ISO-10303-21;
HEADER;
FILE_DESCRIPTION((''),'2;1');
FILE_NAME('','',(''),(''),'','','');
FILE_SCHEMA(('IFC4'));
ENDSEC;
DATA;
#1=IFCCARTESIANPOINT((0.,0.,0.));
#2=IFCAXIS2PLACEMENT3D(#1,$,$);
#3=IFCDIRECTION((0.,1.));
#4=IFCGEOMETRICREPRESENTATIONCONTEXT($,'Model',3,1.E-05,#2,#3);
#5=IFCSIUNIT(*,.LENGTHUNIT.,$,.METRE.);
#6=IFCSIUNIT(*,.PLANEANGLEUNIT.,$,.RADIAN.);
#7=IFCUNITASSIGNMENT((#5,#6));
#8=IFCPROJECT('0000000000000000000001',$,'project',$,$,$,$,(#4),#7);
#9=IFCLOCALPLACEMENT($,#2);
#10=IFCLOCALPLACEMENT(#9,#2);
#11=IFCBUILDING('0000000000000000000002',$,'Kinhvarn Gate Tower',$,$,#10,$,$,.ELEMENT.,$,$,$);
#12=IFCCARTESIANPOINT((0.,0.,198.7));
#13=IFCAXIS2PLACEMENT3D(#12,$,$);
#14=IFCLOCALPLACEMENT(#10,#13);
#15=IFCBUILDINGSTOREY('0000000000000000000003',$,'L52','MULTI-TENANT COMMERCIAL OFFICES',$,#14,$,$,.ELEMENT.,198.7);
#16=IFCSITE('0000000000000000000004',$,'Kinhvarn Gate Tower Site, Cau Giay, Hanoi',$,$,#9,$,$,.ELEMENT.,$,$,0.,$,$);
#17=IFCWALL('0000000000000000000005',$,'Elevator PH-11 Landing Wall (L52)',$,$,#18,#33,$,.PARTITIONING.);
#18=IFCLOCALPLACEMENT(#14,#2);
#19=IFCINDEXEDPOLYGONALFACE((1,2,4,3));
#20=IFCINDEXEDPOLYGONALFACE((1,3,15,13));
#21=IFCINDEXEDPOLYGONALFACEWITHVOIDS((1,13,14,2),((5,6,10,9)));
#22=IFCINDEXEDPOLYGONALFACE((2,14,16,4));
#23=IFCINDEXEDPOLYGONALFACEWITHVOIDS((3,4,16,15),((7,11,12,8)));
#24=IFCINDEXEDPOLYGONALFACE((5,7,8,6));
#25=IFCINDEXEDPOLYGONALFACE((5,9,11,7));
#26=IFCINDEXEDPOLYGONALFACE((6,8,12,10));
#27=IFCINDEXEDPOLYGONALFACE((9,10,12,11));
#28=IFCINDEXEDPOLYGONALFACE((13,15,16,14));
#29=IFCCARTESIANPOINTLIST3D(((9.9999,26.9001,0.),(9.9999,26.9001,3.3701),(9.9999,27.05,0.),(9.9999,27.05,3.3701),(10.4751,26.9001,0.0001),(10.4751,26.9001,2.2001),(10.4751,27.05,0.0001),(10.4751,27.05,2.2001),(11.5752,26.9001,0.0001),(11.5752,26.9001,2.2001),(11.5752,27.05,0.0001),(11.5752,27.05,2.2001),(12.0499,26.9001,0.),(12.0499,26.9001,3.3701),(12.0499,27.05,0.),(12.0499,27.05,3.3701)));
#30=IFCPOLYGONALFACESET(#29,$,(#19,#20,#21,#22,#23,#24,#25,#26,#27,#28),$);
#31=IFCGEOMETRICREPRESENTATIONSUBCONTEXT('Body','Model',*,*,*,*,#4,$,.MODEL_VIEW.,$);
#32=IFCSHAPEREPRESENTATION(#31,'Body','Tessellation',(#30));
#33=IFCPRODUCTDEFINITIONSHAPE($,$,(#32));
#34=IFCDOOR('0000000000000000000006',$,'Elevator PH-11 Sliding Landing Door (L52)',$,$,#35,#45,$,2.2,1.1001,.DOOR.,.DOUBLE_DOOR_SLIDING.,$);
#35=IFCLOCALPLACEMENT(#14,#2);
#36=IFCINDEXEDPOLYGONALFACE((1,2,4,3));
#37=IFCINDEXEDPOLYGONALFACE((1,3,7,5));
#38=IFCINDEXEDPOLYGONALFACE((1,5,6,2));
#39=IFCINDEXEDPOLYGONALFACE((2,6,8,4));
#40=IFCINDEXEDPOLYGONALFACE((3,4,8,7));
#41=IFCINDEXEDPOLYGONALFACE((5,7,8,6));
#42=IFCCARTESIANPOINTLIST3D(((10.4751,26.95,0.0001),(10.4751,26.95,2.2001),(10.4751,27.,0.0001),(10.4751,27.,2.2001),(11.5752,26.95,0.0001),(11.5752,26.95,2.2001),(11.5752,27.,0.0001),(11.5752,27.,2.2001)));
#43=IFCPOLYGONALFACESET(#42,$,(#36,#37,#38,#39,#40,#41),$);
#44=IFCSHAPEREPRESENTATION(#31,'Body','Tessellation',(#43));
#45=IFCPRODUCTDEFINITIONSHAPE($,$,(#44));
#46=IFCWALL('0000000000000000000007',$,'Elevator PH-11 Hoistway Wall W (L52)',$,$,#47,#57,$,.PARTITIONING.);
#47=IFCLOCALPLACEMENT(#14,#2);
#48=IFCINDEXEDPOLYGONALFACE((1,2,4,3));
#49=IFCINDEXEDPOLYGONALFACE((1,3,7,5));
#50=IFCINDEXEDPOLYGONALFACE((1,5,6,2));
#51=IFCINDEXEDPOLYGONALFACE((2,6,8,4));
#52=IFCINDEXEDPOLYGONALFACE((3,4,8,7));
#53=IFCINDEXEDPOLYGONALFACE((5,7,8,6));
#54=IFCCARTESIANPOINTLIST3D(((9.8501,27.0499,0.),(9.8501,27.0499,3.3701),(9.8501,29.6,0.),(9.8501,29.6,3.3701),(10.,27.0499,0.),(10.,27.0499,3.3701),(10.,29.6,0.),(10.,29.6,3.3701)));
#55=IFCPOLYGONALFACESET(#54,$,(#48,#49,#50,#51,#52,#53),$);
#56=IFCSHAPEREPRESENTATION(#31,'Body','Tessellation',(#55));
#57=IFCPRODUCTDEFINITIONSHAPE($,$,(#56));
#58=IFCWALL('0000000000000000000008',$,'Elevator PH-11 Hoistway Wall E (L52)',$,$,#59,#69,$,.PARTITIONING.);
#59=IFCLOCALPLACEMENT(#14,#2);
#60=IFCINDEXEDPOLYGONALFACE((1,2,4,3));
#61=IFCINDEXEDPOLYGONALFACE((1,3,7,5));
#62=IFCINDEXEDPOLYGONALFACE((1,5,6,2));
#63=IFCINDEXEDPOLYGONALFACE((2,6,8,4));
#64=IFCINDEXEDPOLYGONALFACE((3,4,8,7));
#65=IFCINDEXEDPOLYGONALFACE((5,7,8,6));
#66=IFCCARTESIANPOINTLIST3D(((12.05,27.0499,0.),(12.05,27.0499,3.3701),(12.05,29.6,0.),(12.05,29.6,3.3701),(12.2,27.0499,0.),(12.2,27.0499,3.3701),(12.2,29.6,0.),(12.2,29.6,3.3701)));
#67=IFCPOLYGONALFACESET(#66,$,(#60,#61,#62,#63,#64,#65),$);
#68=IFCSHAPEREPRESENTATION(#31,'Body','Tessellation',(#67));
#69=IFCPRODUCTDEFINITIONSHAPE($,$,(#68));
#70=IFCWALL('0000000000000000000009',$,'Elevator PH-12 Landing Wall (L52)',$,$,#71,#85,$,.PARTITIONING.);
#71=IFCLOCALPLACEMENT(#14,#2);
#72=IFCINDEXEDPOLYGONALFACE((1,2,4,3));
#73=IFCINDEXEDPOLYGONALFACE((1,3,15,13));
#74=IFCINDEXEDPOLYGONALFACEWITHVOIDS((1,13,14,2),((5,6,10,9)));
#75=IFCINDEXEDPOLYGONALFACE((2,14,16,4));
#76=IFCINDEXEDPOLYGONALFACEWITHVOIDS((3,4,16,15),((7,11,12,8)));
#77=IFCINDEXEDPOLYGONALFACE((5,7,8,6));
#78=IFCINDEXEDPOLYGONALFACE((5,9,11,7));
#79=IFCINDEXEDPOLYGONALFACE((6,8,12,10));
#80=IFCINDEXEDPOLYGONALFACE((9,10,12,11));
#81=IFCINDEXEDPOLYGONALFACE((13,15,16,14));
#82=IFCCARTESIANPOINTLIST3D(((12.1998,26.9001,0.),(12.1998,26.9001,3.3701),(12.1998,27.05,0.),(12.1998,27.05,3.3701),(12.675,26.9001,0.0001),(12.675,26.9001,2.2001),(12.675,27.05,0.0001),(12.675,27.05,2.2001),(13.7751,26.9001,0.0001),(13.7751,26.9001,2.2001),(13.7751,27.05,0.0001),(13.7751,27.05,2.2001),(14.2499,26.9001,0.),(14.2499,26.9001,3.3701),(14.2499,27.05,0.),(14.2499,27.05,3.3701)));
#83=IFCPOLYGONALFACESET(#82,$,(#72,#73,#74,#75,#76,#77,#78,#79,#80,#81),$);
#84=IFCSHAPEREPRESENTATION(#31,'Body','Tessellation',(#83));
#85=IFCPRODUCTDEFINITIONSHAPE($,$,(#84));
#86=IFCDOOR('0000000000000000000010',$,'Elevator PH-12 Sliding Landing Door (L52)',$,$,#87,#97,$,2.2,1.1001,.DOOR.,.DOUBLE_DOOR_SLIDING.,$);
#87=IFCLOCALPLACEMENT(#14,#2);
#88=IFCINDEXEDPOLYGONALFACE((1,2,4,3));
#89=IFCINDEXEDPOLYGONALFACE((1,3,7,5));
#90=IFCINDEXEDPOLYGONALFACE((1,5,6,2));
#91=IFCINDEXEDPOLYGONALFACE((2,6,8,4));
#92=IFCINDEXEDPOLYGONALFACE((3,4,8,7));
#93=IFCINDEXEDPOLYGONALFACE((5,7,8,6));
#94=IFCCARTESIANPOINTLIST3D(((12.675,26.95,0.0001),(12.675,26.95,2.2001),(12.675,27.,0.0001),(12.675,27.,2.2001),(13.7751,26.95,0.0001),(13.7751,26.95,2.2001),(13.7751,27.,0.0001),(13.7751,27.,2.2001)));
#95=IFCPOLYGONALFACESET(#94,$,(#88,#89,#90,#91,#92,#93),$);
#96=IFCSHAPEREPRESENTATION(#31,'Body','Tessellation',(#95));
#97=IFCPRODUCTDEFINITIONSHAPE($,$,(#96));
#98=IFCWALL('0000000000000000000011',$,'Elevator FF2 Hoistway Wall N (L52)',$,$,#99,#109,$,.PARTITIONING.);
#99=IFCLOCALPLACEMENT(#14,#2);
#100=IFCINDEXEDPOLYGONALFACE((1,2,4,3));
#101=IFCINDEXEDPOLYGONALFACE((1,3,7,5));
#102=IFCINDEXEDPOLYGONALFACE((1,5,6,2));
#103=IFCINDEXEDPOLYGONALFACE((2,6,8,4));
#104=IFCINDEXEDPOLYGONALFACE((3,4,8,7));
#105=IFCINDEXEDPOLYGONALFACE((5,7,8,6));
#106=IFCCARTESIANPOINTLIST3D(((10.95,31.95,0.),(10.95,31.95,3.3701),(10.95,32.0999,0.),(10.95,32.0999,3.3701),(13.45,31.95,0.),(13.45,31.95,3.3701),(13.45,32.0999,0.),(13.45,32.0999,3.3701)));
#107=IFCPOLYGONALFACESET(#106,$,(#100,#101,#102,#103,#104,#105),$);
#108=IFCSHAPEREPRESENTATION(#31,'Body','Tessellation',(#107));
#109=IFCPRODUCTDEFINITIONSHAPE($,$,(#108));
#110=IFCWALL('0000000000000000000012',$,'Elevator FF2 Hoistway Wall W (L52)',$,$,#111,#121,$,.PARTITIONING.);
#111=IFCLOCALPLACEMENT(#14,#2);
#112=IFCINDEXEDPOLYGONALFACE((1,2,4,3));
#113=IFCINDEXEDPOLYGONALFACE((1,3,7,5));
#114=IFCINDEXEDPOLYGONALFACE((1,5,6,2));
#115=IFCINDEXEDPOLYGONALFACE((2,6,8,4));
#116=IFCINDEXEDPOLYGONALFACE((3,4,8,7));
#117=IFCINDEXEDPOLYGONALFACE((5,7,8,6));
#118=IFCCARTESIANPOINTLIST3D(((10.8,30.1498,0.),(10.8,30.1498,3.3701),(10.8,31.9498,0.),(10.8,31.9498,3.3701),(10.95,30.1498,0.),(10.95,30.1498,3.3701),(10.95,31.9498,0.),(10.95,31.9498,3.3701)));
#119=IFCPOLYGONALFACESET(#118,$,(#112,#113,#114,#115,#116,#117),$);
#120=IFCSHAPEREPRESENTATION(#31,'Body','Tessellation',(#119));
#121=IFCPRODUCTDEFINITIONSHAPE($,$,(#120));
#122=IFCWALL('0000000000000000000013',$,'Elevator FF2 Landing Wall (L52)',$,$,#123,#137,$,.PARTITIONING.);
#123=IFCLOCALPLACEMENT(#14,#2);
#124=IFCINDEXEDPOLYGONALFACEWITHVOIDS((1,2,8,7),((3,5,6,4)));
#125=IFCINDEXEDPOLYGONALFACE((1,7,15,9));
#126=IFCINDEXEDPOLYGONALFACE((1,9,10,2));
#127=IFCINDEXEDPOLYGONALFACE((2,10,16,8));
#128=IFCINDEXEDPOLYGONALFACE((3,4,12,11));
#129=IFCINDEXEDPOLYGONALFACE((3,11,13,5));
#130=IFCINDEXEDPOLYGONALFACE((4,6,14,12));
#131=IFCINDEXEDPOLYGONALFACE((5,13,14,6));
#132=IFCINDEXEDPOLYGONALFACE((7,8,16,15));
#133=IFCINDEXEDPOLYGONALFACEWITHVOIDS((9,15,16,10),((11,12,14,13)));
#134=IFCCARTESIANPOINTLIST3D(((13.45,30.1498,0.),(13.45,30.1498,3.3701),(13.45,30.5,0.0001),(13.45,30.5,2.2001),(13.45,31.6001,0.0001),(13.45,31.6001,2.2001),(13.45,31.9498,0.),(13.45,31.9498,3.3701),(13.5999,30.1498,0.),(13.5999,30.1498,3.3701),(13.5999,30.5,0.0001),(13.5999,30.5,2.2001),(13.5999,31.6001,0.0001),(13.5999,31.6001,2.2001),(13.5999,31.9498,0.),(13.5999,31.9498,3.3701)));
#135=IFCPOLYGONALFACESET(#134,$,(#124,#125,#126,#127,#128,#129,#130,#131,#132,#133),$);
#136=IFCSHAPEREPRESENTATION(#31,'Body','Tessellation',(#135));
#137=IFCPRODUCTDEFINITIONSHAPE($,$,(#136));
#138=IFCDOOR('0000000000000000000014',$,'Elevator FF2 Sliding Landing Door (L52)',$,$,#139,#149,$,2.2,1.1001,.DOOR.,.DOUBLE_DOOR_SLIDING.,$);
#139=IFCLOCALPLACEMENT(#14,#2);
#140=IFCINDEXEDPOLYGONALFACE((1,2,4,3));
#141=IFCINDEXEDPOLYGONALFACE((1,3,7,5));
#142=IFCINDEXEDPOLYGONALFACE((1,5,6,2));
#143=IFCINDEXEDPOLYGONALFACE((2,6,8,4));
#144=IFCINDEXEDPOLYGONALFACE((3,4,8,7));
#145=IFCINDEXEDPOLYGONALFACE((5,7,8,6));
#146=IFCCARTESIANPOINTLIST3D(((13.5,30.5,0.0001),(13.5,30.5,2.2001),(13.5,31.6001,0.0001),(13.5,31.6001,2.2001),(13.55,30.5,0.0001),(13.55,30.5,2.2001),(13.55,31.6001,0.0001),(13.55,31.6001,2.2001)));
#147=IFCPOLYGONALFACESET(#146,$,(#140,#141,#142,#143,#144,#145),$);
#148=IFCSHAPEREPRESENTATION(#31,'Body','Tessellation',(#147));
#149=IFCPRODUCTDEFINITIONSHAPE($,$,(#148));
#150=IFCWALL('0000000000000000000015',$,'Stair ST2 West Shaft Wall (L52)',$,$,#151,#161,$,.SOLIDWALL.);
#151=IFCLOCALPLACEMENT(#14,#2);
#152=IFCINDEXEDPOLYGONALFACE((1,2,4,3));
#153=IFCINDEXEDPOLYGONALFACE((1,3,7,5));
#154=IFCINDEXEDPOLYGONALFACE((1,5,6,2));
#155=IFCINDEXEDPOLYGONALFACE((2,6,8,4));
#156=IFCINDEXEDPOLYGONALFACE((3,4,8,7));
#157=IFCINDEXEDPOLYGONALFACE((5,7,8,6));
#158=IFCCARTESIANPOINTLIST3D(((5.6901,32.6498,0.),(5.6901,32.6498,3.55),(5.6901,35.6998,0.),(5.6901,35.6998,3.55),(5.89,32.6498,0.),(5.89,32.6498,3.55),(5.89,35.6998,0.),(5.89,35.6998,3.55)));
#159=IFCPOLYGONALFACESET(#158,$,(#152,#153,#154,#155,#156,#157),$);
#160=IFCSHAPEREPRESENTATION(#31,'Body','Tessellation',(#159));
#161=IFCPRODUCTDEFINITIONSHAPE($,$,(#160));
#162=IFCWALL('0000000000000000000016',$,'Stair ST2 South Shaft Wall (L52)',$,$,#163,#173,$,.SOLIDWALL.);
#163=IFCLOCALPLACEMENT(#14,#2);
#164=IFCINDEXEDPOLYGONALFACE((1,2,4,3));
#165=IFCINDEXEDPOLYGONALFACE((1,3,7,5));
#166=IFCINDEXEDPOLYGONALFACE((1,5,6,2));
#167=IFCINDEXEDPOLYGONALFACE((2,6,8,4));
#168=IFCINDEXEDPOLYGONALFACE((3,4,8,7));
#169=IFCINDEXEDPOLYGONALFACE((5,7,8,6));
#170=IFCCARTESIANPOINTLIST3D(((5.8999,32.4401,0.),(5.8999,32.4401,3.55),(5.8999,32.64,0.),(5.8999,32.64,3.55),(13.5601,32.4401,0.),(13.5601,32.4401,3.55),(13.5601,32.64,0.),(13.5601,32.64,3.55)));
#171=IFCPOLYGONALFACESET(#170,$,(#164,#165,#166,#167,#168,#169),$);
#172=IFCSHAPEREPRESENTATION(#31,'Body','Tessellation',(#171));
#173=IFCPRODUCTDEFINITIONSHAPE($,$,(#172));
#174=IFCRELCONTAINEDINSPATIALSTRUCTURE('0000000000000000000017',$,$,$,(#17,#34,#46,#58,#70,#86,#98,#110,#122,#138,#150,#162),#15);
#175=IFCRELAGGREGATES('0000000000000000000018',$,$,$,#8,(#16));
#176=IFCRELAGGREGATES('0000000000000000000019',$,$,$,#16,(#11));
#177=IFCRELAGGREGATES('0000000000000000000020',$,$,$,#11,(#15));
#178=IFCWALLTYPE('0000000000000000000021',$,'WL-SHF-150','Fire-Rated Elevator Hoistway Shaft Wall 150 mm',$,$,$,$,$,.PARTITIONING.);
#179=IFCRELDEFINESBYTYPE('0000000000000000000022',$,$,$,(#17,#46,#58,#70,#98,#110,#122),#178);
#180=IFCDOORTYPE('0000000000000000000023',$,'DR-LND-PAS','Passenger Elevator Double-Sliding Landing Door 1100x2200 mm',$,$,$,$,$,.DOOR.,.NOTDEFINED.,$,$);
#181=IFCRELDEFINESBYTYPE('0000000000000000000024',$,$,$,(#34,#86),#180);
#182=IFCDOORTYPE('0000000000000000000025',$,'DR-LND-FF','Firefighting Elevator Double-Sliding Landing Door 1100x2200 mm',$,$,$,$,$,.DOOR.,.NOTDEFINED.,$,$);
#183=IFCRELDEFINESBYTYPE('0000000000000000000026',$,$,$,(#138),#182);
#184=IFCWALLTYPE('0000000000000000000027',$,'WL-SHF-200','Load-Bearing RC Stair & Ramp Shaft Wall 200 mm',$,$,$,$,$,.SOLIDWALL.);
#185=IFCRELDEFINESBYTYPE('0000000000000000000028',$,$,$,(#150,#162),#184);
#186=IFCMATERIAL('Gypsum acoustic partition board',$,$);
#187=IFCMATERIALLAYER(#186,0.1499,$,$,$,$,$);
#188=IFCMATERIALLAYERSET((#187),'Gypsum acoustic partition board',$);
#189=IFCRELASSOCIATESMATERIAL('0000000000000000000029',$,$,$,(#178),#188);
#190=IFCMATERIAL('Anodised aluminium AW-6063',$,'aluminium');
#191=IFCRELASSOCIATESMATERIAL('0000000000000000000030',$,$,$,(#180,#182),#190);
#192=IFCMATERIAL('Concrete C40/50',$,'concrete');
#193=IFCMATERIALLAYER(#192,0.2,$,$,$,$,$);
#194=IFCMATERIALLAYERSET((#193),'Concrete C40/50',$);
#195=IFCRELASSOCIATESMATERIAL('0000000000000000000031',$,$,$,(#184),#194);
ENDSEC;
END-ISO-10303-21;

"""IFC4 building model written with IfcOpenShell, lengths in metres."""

from ifc_helpers import new_model, si_unit, direction, frame, frame_2d, origin, place, context, subcontext, project, spatial, rectangle, extrude, material, layer, layer_set, type_object, element, fill, save


model = new_model("IFC4")

# Units and contexts
model_context = context("Model", 3, precision=1e-05, world=origin(), true_north=direction((0.0, 1.0)))
body_context = subcontext(model_context, "Body", "Model", "MODEL_VIEW")
ifc_project = project(units=[si_unit("LENGTHUNIT", "METRE"), si_unit("PLANEANGLEUNIT", "RADIAN")], contexts=[model_context])

# Site, building, storey
site_placement = place(None, origin())
site = spatial("IfcSite", under=ifc_project, at=site_placement, Name="Kinhvarn Gate Tower Site, Cau Giay, Hanoi", CompositionType="ELEMENT", RefElevation=0.0)
building_placement = place(site_placement, origin())
building = spatial("IfcBuilding", under=site, at=building_placement, Name="Kinhvarn Gate Tower", CompositionType="ELEMENT")
storey_placement = place(building_placement, frame((0.0, 0.0, 198.7)))
storey = spatial("IfcBuildingStorey", under=building, at=storey_placement, Name="L52", Description="MULTI-TENANT COMMERCIAL OFFICES", CompositionType="ELEMENT", Elevation=198.7)

# Shared definitions
ifc_material_1 = material(Name="Gypsum acoustic partition board")

# Shared definitions
ifc_material_2 = material(Name="Anodised aluminium AW-6063", Category="aluminium")

# Wall, opening, door
ifc_layer_1 = layer(ifc_material_1, 0.1499)
ifc_layer_set_1 = layer_set([ifc_layer_1], Name="Gypsum acoustic partition board")
wall_type_1 = type_object("IfcWallType", Name="WL-SHF-150", Description="Fire-Rated Elevator Hoistway Shaft Wall 150 mm", PredefinedType="PARTITIONING", material=ifc_layer_set_1)
door_type_1 = type_object("IfcDoorType", Name="DR-LND-PAS", Description="Passenger Elevator Double-Sliding Landing Door 1100x2200 mm", OperationType="NOTDEFINED", PredefinedType="DOOR", material=ifc_material_2)
wall_1_placement = place(storey_placement, frame((10.0, 26.9751, 0.0), z_axis=(0.0, 0.0, 1.0), x_axis=(1.0, 0.0, 0.0)))
wall_1 = element("IfcWall", 1, at=wall_1_placement, inside=storey, type_object=wall_type_1, Name="Elevator PH-11 Landing Wall (L52)", PredefinedType="PARTITIONING", context=body_context, shape_type="SweptSolid", body=[
    extrude(rectangle(XDim=2.05, YDim=0.1499, at=frame_2d((1.0249, 0.0))), origin(), (0.0, 0.0, 1.0), 3.3701),
])
opening_1_placement = place(wall_1_placement, frame((0.4751, 0.0, 0.0)))
opening_1 = element("IfcOpeningElement", 2, at=opening_1_placement, cuts=wall_1, PredefinedType="OPENING", context=body_context, shape_type="SweptSolid", body=[
    extrude(rectangle(XDim=1.1001, YDim=2.2, at=frame_2d((0.55, 1.1001))), frame((0.0, 0.085, 0.0), z_axis=(0.0, -1.0, 0.0), x_axis=(1.0, 0.0, 0.0)), (0.0, 0.0, 1.0), 0.1699),
])
door_1_placement = place(opening_1_placement, origin())
door_1 = element("IfcDoor", 3, at=door_1_placement, inside=storey, type_object=door_type_1, Name="Elevator PH-11 Sliding Landing Door (L52)", OperationType="DOUBLE_DOOR_SLIDING", OverallHeight=2.2, OverallWidth=1.1001, PredefinedType="DOOR", context=body_context, shape_type="SweptSolid", body=[
    extrude(rectangle(XDim=1.1001, YDim=2.2, at=frame_2d((0.55, 1.1001))), frame((0.0, 0.0249, 0.0), z_axis=(0.0, -1.0, 0.0), x_axis=(1.0, 0.0, 0.0)), (0.0, 0.0, 1.0), 0.05),
])
fill(opening_1, door_1)

# Walls
for number, where, z_axis, x_axis, name in (
    (4, (9.925, 27.05, 0.0), (0.0, 0.0, 1.0), (0.0, 1.0, 0.0), "Elevator PH-11 Hoistway Wall W (L52)"),
    (5, (12.125, 27.05, 0.0), (0.0, 0.0, 1.0), (0.0, 1.0, 0.0), "Elevator PH-11 Hoistway Wall E (L52)"),
):
    element("IfcWall", number, at=place(storey_placement, frame(where, z_axis=z_axis, x_axis=x_axis)), inside=storey, type_object=wall_type_1, Name=name, PredefinedType="PARTITIONING", context=body_context, shape_type="SweptSolid", body=[
        extrude(rectangle(XDim=2.55, YDim=0.1499, at=frame_2d((1.2749, 0.0))), origin(), (0.0, 0.0, 1.0), 3.3701),
    ])

# Wall, opening, door
wall_2_placement = place(storey_placement, frame((12.2, 26.9751, 0.0), z_axis=(0.0, 0.0, 1.0), x_axis=(1.0, 0.0, 0.0)))
wall_2 = element("IfcWall", 6, at=wall_2_placement, inside=storey, type_object=wall_type_1, Name="Elevator PH-12 Landing Wall (L52)", PredefinedType="PARTITIONING", context=body_context, shape_type="SweptSolid", body=[
    extrude(rectangle(XDim=2.05, YDim=0.1499, at=frame_2d((1.0249, 0.0))), origin(), (0.0, 0.0, 1.0), 3.3701),
])
opening_2_placement = place(wall_2_placement, frame((0.4751, 0.0, 0.0)))
opening_2 = element("IfcOpeningElement", 7, at=opening_2_placement, cuts=wall_2, PredefinedType="OPENING", context=body_context, shape_type="SweptSolid", body=[
    extrude(rectangle(XDim=1.1001, YDim=2.2, at=frame_2d((0.55, 1.1001))), frame((0.0, 0.085, 0.0), z_axis=(0.0, -1.0, 0.0), x_axis=(1.0, 0.0, 0.0)), (0.0, 0.0, 1.0), 0.1699),
])
door_2_placement = place(opening_2_placement, origin())
door_2 = element("IfcDoor", 8, at=door_2_placement, inside=storey, type_object=door_type_1, Name="Elevator PH-12 Sliding Landing Door (L52)", OperationType="DOUBLE_DOOR_SLIDING", OverallHeight=2.2, OverallWidth=1.1001, PredefinedType="DOOR", context=body_context, shape_type="SweptSolid", body=[
    extrude(rectangle(XDim=1.1001, YDim=2.2, at=frame_2d((0.55, 1.1001))), frame((0.0, 0.0249, 0.0), z_axis=(0.0, -1.0, 0.0), x_axis=(1.0, 0.0, 0.0)), (0.0, 0.0, 1.0), 0.05),
])
fill(opening_2, door_2)

# Walls
wall_3_placement = place(storey_placement, frame((10.95, 32.0249, 0.0), z_axis=(0.0, 0.0, 1.0), x_axis=(1.0, 0.0, 0.0)))
element("IfcWall", 9, at=wall_3_placement, inside=storey, type_object=wall_type_1, Name="Elevator FF2 Hoistway Wall N (L52)", PredefinedType="PARTITIONING", context=body_context, shape_type="SweptSolid", body=[
    extrude(rectangle(XDim=2.5, YDim=0.1499, at=frame_2d((1.25, 0.0))), origin(), (0.0, 0.0, 1.0), 3.3701),
])
wall_4_placement = place(storey_placement, frame((10.875, 30.1499, 0.0), z_axis=(0.0, 0.0, 1.0), x_axis=(0.0, 1.0, 0.0)))
element("IfcWall", 10, at=wall_4_placement, inside=storey, type_object=wall_type_1, Name="Elevator FF2 Hoistway Wall W (L52)", PredefinedType="PARTITIONING", context=body_context, shape_type="SweptSolid", body=[
    extrude(rectangle(XDim=1.8, YDim=0.1499, at=frame_2d((0.8999, 0.0))), origin(), (0.0, 0.0, 1.0), 3.3701),
])

# Wall, opening, door
wall_5_placement = place(storey_placement, frame((13.5249, 30.1499, 0.0), z_axis=(0.0, 0.0, 1.0), x_axis=(0.0, 1.0, 0.0)))
wall_5 = element("IfcWall", 11, at=wall_5_placement, inside=storey, type_object=wall_type_1, Name="Elevator FF2 Landing Wall (L52)", PredefinedType="PARTITIONING", context=body_context, shape_type="SweptSolid", body=[
    extrude(rectangle(XDim=1.8, YDim=0.1499, at=frame_2d((0.8999, 0.0))), origin(), (0.0, 0.0, 1.0), 3.3701),
])
opening_3_placement = place(wall_5_placement, frame((0.3501, 0.0, 0.0)))
opening_3 = element("IfcOpeningElement", 12, at=opening_3_placement, cuts=wall_5, PredefinedType="OPENING", context=body_context, shape_type="SweptSolid", body=[
    extrude(rectangle(XDim=1.1001, YDim=2.2, at=frame_2d((0.55, 1.1001))), frame((0.0, 0.085, 0.0), z_axis=(0.0, -1.0, 0.0), x_axis=(1.0, 0.0, 0.0)), (0.0, 0.0, 1.0), 0.1699),
])
door_type_2 = type_object("IfcDoorType", Name="DR-LND-FF", Description="Firefighting Elevator Double-Sliding Landing Door 1100x2200 mm", OperationType="NOTDEFINED", PredefinedType="DOOR", material=ifc_material_2)
door_3_placement = place(opening_3_placement, origin())
door_3 = element("IfcDoor", 13, at=door_3_placement, inside=storey, type_object=door_type_2, Name="Elevator FF2 Sliding Landing Door (L52)", OperationType="DOUBLE_DOOR_SLIDING", OverallHeight=2.2, OverallWidth=1.1001, PredefinedType="DOOR", context=body_context, shape_type="SweptSolid", body=[
    extrude(rectangle(XDim=1.1001, YDim=2.2, at=frame_2d((0.55, 1.1001))), frame((0.0, 0.0249, 0.0), z_axis=(0.0, -1.0, 0.0), x_axis=(1.0, 0.0, 0.0)), (0.0, 0.0, 1.0), 0.05),
])
fill(opening_3, door_3)

# Walls
ifc_material_3 = material(Name="Concrete C40/50", Category="concrete")
ifc_layer_2 = layer(ifc_material_3, 0.2)
ifc_layer_set_2 = layer_set([ifc_layer_2], Name="Concrete C40/50")
wall_type_2 = type_object("IfcWallType", Name="WL-SHF-200", Description="Load-Bearing RC Stair & Ramp Shaft Wall 200 mm", PredefinedType="SOLIDWALL", material=ifc_layer_set_2)
wall_6_placement = place(storey_placement, frame((5.79, 32.6499, 0.0), z_axis=(0.0, 0.0, 1.0), x_axis=(0.0, 1.0, 0.0)))
element("IfcWall", 14, at=wall_6_placement, inside=storey, type_object=wall_type_2, Name="Stair ST2 West Shaft Wall (L52)", PredefinedType="SOLIDWALL", context=body_context, shape_type="SweptSolid", body=[
    extrude(rectangle(XDim=3.05, YDim=0.2, at=frame_2d((1.5249, 0.0))), origin(), (0.0, 0.0, 1.0), 3.55),
])
wall_7_placement = place(storey_placement, frame((5.8999, 32.54, 0.0), z_axis=(0.0, 0.0, 1.0), x_axis=(1.0, 0.0, 0.0)))
element("IfcWall", 15, at=wall_7_placement, inside=storey, type_object=wall_type_2, Name="Stair ST2 South Shaft Wall (L52)", PredefinedType="SOLIDWALL", context=body_context, shape_type="SweptSolid", body=[
    extrude(rectangle(XDim=7.6602, YDim=0.2, at=frame_2d((3.8301, 0.0))), origin(), (0.0, 0.0, 1.0), 3.55),
])

save(model, "model.ifc")
